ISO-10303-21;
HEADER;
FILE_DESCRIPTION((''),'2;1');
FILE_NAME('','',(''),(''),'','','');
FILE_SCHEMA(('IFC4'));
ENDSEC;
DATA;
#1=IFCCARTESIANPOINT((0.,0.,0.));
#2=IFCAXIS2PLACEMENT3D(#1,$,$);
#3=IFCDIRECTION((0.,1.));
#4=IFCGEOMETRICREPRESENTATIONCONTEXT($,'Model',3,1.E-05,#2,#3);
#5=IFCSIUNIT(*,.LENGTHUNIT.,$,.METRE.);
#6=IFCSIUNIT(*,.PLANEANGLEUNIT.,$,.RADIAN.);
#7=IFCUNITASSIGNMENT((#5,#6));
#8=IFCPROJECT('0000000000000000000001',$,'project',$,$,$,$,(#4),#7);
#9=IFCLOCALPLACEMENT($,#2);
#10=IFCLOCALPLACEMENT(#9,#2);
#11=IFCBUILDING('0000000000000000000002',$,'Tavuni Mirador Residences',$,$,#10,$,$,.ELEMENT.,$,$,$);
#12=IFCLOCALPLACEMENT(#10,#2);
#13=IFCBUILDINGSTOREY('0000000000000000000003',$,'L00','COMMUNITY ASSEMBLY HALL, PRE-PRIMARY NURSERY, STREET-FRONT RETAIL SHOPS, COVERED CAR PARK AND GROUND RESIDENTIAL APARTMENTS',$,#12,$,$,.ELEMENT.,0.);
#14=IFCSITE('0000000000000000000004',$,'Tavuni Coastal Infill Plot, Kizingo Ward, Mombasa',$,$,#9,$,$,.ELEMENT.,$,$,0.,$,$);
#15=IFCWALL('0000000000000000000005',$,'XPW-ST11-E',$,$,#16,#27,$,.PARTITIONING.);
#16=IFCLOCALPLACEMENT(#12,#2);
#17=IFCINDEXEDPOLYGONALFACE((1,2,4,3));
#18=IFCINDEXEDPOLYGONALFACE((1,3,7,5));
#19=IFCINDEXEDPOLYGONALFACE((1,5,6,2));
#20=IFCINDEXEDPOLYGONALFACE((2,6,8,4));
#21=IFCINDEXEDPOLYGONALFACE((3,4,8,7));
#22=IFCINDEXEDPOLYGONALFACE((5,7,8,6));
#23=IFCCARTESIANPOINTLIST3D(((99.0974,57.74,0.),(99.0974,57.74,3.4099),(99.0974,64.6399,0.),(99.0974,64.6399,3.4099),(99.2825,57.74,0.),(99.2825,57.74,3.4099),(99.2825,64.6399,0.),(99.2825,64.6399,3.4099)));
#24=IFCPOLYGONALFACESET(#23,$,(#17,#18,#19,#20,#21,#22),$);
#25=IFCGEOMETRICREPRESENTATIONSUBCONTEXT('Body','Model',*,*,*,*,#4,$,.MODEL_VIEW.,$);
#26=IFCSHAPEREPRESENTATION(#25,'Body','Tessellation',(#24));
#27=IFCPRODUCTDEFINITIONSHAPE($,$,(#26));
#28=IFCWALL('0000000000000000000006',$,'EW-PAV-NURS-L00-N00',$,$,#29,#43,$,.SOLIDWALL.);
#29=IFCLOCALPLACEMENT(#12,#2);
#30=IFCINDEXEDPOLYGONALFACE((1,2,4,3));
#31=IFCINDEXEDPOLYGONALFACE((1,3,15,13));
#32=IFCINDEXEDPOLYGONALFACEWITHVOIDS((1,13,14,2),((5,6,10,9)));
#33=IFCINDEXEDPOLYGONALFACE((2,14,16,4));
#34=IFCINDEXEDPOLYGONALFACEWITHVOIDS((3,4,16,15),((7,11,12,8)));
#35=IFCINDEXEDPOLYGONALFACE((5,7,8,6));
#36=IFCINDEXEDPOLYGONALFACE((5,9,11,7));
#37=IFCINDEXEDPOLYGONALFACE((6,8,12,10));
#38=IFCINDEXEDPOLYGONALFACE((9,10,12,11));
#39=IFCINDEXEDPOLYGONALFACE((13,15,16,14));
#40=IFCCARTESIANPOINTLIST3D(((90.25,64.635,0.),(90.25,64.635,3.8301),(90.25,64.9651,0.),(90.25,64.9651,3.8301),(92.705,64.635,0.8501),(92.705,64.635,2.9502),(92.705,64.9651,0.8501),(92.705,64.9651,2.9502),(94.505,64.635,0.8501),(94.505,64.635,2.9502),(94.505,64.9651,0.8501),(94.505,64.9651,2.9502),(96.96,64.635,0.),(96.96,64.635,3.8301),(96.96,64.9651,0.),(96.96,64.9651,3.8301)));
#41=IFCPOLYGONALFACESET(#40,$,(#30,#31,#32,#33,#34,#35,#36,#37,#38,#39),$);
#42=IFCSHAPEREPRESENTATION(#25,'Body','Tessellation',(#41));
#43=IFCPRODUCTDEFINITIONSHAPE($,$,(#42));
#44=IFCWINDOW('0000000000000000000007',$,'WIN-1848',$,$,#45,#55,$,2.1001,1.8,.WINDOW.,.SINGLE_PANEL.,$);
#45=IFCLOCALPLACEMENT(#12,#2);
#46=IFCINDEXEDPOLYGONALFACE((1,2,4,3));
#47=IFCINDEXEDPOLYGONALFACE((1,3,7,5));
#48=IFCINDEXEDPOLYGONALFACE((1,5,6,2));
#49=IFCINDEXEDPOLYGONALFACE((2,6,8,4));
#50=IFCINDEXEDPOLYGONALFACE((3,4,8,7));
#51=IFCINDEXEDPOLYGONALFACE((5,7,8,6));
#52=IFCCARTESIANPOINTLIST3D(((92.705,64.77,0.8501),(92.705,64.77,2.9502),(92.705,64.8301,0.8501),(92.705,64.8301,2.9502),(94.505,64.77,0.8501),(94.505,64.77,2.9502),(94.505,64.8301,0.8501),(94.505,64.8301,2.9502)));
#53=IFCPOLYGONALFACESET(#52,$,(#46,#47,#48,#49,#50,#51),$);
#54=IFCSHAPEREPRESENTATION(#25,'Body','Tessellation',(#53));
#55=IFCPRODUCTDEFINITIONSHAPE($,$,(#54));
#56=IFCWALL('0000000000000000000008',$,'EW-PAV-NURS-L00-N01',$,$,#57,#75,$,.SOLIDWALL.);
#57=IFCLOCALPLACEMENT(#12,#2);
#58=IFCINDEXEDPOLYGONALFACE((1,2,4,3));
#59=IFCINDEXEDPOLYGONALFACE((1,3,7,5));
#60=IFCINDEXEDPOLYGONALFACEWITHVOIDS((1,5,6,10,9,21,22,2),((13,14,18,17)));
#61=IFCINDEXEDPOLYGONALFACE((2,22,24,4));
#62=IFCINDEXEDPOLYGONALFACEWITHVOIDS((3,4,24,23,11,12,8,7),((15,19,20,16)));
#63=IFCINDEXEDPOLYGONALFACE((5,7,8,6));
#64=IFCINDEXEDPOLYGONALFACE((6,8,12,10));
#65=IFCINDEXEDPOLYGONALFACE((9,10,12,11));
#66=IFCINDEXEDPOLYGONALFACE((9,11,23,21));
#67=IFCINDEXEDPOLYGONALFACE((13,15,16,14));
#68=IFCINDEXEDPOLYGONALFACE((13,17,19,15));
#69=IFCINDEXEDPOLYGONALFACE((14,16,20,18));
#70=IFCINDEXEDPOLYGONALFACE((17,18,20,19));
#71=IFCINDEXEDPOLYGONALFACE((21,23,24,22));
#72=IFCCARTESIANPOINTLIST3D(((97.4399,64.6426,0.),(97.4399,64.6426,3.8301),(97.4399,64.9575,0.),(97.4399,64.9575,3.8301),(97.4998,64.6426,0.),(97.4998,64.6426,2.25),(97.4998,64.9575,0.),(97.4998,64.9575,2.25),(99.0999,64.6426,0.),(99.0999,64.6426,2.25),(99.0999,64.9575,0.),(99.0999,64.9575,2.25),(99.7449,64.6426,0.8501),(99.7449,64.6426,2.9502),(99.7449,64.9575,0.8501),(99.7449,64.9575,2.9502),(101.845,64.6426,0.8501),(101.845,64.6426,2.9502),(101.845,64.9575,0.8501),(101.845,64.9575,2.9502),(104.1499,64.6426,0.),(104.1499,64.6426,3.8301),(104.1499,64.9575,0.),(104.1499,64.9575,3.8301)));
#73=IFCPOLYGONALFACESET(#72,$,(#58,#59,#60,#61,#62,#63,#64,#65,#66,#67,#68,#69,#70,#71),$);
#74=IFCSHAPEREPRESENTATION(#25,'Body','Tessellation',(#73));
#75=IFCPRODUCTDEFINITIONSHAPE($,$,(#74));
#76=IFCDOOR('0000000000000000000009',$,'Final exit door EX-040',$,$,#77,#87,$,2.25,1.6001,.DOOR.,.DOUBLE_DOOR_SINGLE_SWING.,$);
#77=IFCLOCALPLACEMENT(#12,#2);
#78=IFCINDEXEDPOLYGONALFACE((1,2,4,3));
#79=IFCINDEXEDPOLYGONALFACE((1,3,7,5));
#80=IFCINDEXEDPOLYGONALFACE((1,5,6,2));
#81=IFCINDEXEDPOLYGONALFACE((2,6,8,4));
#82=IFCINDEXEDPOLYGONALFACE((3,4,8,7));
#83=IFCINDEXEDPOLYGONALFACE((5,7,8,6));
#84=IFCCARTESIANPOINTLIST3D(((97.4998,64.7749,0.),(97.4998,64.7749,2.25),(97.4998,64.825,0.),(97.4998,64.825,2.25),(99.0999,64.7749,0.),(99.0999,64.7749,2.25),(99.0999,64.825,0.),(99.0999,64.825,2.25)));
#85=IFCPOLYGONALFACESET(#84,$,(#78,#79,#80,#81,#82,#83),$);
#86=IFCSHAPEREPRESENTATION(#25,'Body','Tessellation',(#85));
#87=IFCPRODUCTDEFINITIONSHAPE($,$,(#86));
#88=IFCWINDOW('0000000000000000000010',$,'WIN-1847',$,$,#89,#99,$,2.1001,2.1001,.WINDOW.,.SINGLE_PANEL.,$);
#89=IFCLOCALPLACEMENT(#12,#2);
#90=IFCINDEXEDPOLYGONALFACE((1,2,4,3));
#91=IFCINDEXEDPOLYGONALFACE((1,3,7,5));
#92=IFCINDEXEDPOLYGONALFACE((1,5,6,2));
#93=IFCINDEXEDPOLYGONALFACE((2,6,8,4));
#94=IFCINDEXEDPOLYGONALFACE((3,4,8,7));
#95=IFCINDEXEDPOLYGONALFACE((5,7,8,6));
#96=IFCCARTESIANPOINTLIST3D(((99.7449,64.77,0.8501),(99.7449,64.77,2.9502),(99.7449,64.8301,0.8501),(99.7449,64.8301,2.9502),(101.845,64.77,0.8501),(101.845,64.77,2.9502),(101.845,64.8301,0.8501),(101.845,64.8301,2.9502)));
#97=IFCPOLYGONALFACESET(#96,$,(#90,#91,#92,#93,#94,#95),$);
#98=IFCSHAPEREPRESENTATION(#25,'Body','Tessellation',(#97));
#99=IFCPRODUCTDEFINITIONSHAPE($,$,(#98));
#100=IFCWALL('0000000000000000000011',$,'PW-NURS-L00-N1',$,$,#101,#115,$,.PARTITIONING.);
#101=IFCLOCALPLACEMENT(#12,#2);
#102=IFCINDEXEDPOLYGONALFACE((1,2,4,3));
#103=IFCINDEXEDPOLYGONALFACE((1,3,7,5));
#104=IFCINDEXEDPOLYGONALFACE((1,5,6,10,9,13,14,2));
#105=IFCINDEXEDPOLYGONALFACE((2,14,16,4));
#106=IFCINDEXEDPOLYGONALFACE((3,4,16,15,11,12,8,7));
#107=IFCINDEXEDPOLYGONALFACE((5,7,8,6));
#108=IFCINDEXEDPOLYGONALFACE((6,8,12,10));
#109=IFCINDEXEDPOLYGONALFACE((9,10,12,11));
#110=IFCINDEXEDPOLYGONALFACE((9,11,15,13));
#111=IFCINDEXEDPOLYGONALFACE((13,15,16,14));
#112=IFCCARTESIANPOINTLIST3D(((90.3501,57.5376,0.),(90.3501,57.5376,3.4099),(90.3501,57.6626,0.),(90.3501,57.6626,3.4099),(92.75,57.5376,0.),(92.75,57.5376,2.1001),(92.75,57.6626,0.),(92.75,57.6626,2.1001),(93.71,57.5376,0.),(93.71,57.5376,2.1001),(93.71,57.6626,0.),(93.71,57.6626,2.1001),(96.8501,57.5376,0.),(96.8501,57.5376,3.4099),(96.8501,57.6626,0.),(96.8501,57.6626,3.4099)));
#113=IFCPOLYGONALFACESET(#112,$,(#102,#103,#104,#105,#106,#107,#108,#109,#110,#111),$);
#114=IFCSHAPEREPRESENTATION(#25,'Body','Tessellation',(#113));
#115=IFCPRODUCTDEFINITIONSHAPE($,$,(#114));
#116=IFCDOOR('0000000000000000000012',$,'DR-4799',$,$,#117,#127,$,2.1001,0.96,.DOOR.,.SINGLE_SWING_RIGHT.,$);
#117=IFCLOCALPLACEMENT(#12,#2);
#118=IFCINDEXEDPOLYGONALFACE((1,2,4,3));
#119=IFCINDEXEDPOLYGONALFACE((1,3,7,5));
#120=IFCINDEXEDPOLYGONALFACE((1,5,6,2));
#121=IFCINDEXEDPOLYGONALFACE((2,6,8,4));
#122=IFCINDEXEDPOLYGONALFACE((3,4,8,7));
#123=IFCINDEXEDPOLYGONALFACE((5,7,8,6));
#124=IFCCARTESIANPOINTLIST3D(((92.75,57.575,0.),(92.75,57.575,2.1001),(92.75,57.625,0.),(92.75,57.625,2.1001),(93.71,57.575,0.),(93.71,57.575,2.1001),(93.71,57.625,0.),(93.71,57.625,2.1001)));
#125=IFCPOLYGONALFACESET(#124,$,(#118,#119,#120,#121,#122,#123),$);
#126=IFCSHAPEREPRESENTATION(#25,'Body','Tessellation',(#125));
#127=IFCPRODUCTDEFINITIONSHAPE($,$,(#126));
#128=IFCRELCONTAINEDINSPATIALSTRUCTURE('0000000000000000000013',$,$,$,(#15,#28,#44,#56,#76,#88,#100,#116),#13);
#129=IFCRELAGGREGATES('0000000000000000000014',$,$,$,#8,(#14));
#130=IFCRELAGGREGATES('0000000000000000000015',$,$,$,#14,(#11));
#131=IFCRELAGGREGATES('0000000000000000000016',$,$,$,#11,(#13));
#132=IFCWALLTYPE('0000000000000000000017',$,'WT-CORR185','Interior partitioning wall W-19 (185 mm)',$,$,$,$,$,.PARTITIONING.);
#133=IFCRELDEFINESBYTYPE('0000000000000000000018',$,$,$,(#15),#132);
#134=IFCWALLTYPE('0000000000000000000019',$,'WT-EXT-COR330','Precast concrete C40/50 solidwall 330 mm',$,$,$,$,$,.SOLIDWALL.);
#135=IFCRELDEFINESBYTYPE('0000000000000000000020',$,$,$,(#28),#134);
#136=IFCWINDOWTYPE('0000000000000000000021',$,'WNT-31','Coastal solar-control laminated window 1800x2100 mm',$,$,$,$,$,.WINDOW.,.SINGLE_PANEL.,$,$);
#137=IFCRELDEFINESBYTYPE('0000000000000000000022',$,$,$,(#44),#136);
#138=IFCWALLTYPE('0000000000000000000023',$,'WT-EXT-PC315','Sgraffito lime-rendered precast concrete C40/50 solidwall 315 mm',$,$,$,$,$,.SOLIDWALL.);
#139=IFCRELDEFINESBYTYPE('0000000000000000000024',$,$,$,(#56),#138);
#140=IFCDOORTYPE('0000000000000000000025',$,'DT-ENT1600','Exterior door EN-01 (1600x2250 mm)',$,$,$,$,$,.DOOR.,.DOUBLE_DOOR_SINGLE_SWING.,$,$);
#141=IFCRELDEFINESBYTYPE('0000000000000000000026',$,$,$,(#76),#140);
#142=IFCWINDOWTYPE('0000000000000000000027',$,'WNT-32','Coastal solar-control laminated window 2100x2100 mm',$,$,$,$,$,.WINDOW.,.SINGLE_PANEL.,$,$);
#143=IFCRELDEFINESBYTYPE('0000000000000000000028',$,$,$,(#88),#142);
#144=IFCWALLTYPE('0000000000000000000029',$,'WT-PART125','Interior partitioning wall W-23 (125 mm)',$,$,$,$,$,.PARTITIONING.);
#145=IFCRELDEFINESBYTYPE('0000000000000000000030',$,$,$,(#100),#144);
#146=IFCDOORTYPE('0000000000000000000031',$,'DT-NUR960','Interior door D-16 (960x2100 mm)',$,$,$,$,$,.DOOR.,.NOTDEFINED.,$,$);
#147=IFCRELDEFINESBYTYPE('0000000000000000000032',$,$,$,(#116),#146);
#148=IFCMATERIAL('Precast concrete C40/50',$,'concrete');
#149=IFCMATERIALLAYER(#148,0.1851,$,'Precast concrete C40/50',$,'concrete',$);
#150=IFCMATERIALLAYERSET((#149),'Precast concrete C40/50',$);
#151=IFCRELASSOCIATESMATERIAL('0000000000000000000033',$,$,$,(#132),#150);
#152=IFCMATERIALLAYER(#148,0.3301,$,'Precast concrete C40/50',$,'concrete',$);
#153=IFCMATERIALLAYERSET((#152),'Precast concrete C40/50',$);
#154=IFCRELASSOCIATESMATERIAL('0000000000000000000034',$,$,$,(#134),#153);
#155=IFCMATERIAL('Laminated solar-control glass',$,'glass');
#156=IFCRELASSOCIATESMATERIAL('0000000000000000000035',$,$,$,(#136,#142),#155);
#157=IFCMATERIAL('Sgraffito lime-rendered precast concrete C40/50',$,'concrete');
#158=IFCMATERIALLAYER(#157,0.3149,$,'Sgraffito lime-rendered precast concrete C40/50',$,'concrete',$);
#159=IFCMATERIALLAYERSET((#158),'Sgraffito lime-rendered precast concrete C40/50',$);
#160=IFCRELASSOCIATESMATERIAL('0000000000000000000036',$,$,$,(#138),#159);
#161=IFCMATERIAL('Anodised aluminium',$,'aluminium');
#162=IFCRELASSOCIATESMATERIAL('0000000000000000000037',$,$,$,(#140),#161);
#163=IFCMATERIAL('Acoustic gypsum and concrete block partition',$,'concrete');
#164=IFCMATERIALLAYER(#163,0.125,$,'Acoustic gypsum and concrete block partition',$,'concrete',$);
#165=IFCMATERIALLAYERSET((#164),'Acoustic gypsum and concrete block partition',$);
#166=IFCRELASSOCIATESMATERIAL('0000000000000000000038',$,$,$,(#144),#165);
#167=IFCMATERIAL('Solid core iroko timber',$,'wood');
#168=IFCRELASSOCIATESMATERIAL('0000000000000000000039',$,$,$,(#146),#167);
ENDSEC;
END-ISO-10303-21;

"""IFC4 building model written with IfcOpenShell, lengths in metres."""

from ifc_helpers import new_model, si_unit, direction, frame, frame_2d, origin, place, context, subcontext, project, spatial, rectangle, extrude, material, layer, layer_set, type_object, element, fill, save


model = new_model("IFC4")

# Units and contexts
model_context = context("Model", 3, precision=1e-05, world=origin(), true_north=direction((0.0, 1.0)))
body_context = subcontext(model_context, "Body", "Model", "MODEL_VIEW")
ifc_project = project(units=[si_unit("LENGTHUNIT", "METRE"), si_unit("PLANEANGLEUNIT", "RADIAN")], contexts=[model_context])

# Site, building, storey
site_placement = place(None, origin())
site = spatial("IfcSite", under=ifc_project, at=site_placement, Name="Tavuni Coastal Infill Plot, Kizingo Ward, Mombasa", CompositionType="ELEMENT", RefElevation=0.0)
building_placement = place(site_placement, origin())
building = spatial("IfcBuilding", under=site, at=building_placement, Name="Tavuni Mirador Residences", CompositionType="ELEMENT")
storey_placement = place(building_placement, origin())
storey = spatial("IfcBuildingStorey", under=building, at=storey_placement, Name="L00", Description="COMMUNITY ASSEMBLY HALL, PRE-PRIMARY NURSERY, STREET-FRONT RETAIL SHOPS, COVERED CAR PARK AND GROUND RESIDENTIAL APARTMENTS", CompositionType="ELEMENT", Elevation=0.0)

# Shared definitions
ifc_material_1 = material(Name="Precast concrete C40/50", Category="concrete")

# Shared definitions
ifc_material_2 = material(Name="Solid core iroko timber", Category="wood")

# Wall
ifc_layer_1 = layer(ifc_material_1, 0.1851, Name="Precast concrete C40/50", Category="concrete")
ifc_layer_set_1 = layer_set([ifc_layer_1], Name="Precast concrete C40/50")
wall_type_1 = type_object("IfcWallType", Name="WT-CORR185", Description="Interior partitioning wall W-19 (185 mm)", PredefinedType="PARTITIONING", material=ifc_layer_set_1)
wall_1_placement = place(storey_placement, frame((99.1899, 57.74, 0.0), z_axis=(0.0, 0.0, 1.0), x_axis=(0.0, 1.0, 0.0)))
element("IfcWall", 1, at=wall_1_placement, inside=storey, type_object=wall_type_1, Name="XPW-ST11-E", PredefinedType="PARTITIONING", context=body_context, shape_type="SweptSolid", body=[
    extrude(rectangle(XDim=6.8999, YDim=0.1851, at=frame_2d((3.45, 0.0))), origin(), (0.0, 0.0, 1.0), 3.4099),
])

# Wall, opening, window
ifc_layer_2 = layer(ifc_material_1, 0.3301, Name="Precast concrete C40/50", Category="concrete")
ifc_layer_set_2 = layer_set([ifc_layer_2], Name="Precast concrete C40/50")
wall_type_2 = type_object("IfcWallType", Name="WT-EXT-COR330", Description="Precast concrete C40/50 solidwall 330 mm", PredefinedType="SOLIDWALL", material=ifc_layer_set_2)
wall_2_placement = place(storey_placement, frame((96.96, 64.8, 0.0), z_axis=(0.0, 0.0, 1.0), x_axis=(-1.0, 0.0, 0.0)))
wall_2 = element("IfcWall", 2, at=wall_2_placement, inside=storey, type_object=wall_type_2, Name="EW-PAV-NURS-L00-N00", PredefinedType="SOLIDWALL", context=body_context, shape_type="SweptSolid", body=[
    extrude(rectangle(XDim=6.71, YDim=0.3301, at=frame_2d((3.355, 0.0))), origin(), (0.0, 0.0, 1.0), 3.8301),
])
opening_1_placement = place(wall_2_placement, frame((2.4551, 0.0, 0.8501)))
opening_1 = element("IfcOpeningElement", 3, at=opening_1_placement, cuts=wall_2, PredefinedType="OPENING", context=body_context, shape_type="SweptSolid", body=[
    extrude(rectangle(XDim=1.8, YDim=2.1001, at=frame_2d((0.8999, 1.05))), frame((0.0, 0.175, 0.0), z_axis=(0.0, -1.0, 0.0), x_axis=(1.0, 0.0, 0.0)), (0.0, 0.0, 1.0), 0.3501),
])
ifc_material_3 = material(Name="Laminated solar-control glass", Category="glass")
window_type_1 = type_object("IfcWindowType", Name="WNT-31", Description="Coastal solar-control laminated window 1800x2100 mm", PartitioningType="SINGLE_PANEL", PredefinedType="WINDOW", material=ifc_material_3)
window_1_placement = place(opening_1_placement, origin())
window_1 = element("IfcWindow", 4, at=window_1_placement, inside=storey, type_object=window_type_1, Name="WIN-1848", OverallHeight=2.1001, OverallWidth=1.8, PartitioningType="SINGLE_PANEL", PredefinedType="WINDOW", context=body_context, shape_type="SweptSolid", body=[
    extrude(rectangle(XDim=1.8, YDim=2.1001, at=frame_2d((0.8999, 1.05))), frame((0.0, 0.03, 0.0), z_axis=(0.0, -1.0, 0.0), x_axis=(1.0, 0.0, 0.0)), (0.0, 0.0, 1.0), 0.0601),
])
fill(opening_1, window_1)

# Wall, openings, door, window
ifc_material_4 = material(Name="Sgraffito lime-rendered precast concrete C40/50", Category="concrete")
ifc_layer_3 = layer(ifc_material_4, 0.3149, Name="Sgraffito lime-rendered precast concrete C40/50", Category="concrete")
ifc_layer_set_3 = layer_set([ifc_layer_3], Name="Sgraffito lime-rendered precast concrete C40/50")
wall_type_3 = type_object("IfcWallType", Name="WT-EXT-PC315", Description="Sgraffito lime-rendered precast concrete C40/50 solidwall 315 mm", PredefinedType="SOLIDWALL", material=ifc_layer_set_3)
wall_3_placement = place(storey_placement, frame((104.1499, 64.8, 0.0), z_axis=(0.0, 0.0, 1.0), x_axis=(-1.0, 0.0, 0.0)))
wall_3 = element("IfcWall", 5, at=wall_3_placement, inside=storey, type_object=wall_type_3, Name="EW-PAV-NURS-L00-N01", PredefinedType="SOLIDWALL", context=body_context, shape_type="SweptSolid", body=[
    extrude(rectangle(XDim=6.71, YDim=0.3149, at=frame_2d((3.355, 0.0))), origin(), (0.0, 0.0, 1.0), 3.8301),
])
opening_2_placement = place(wall_3_placement, frame((2.3049, 0.0, 0.8501)))
opening_2 = element("IfcOpeningElement", 6, at=opening_2_placement, cuts=wall_3, PredefinedType="OPENING", context=body_context, shape_type="SweptSolid", body=[
    extrude(rectangle(XDim=2.1001, YDim=2.1001, at=frame_2d((1.05, 1.05))), frame((0.0, 0.1675, 0.0), z_axis=(0.0, -1.0, 0.0), x_axis=(1.0, 0.0, 0.0)), (0.0, 0.0, 1.0), 0.335),
])
opening_3_placement = place(wall_3_placement, frame((5.05, 0.0, 0.0)))
opening_3 = element("IfcOpeningElement", 7, at=opening_3_placement, cuts=wall_3, PredefinedType="OPENING", context=body_context, shape_type="SweptSolid", body=[
    extrude(rectangle(XDim=1.6001, YDim=2.25, at=frame_2d((0.8, 1.125))), frame((0.0, 0.1675, 0.0), z_axis=(0.0, -1.0, 0.0), x_axis=(1.0, 0.0, 0.0)), (0.0, 0.0, 1.0), 0.335),
])
ifc_material_5 = material(Name="Anodised aluminium", Category="aluminium")
door_type_1 = type_object("IfcDoorType", Name="DT-ENT1600", Description="Exterior door EN-01 (1600x2250 mm)", OperationType="DOUBLE_DOOR_SINGLE_SWING", PredefinedType="DOOR", material=ifc_material_5)
door_1_placement = place(opening_3_placement, frame((1.6001, 0.0, 0.0), z_axis=(0.0, 0.0, 1.0), x_axis=(-1.0, 0.0, 0.0)))
door_1 = element("IfcDoor", 8, at=door_1_placement, inside=storey, type_object=door_type_1, Name="Final exit door EX-040", OperationType="DOUBLE_DOOR_SINGLE_SWING", OverallHeight=2.25, OverallWidth=1.6001, PredefinedType="DOOR", context=body_context, shape_type="SweptSolid", body=[
    extrude(rectangle(XDim=1.6001, YDim=2.25, at=frame_2d((0.8, 1.125))), frame((0.0, 0.0249, 0.0), z_axis=(0.0, -1.0, 0.0), x_axis=(1.0, 0.0, 0.0)), (0.0, 0.0, 1.0), 0.05),
])
fill(opening_3, door_1)
window_type_2 = type_object("IfcWindowType", Name="WNT-32", Description="Coastal solar-control laminated window 2100x2100 mm", PartitioningType="SINGLE_PANEL", PredefinedType="WINDOW", material=ifc_material_3)
window_2_placement = place(opening_2_placement, origin())
window_2 = element("IfcWindow", 9, at=window_2_placement, inside=storey, type_object=window_type_2, Name="WIN-1847", OverallHeight=2.1001, OverallWidth=2.1001, PartitioningType="SINGLE_PANEL", PredefinedType="WINDOW", context=body_context, shape_type="SweptSolid", body=[
    extrude(rectangle(XDim=2.1001, YDim=2.1001, at=frame_2d((1.05, 1.05))), frame((0.0, 0.03, 0.0), z_axis=(0.0, -1.0, 0.0), x_axis=(1.0, 0.0, 0.0)), (0.0, 0.0, 1.0), 0.0601),
])
fill(opening_2, window_2)

# Wall, opening, door
ifc_material_6 = material(Name="Acoustic gypsum and concrete block partition", Category="concrete")
ifc_layer_4 = layer(ifc_material_6, 0.125, Name="Acoustic gypsum and concrete block partition", Category="concrete")
ifc_layer_set_4 = layer_set([ifc_layer_4], Name="Acoustic gypsum and concrete block partition")
wall_type_4 = type_object("IfcWallType", Name="WT-PART125", Description="Interior partitioning wall W-23 (125 mm)", PredefinedType="PARTITIONING", material=ifc_layer_set_4)
wall_4_placement = place(storey_placement, frame((90.3501, 57.6001, 0.0), z_axis=(0.0, 0.0, 1.0), x_axis=(1.0, 0.0, 0.0)))
wall_4 = element("IfcWall", 10, at=wall_4_placement, inside=storey, type_object=wall_type_4, Name="PW-NURS-L00-N1", PredefinedType="PARTITIONING", context=body_context, shape_type="SweptSolid", body=[
    extrude(rectangle(XDim=6.5, YDim=0.125, at=frame_2d((3.25, 0.0))), origin(), (0.0, 0.0, 1.0), 3.4099),
])
opening_4_placement = place(wall_4_placement, frame((2.3999, 0.0, 0.0)))
opening_4 = element("IfcOpeningElement", 11, at=opening_4_placement, cuts=wall_4, PredefinedType="OPENING", context=body_context, shape_type="SweptSolid", body=[
    extrude(rectangle(XDim=0.96, YDim=2.1001, at=frame_2d((0.48, 1.05))), frame((0.0, 0.0725, 0.0), z_axis=(0.0, -1.0, 0.0), x_axis=(1.0, 0.0, 0.0)), (0.0, 0.0, 1.0), 0.145),
])
door_type_2 = type_object("IfcDoorType", Name="DT-NUR960", Description="Interior door D-16 (960x2100 mm)", OperationType="NOTDEFINED", PredefinedType="DOOR", material=ifc_material_2)
door_2_placement = place(opening_4_placement, origin())
door_2 = element("IfcDoor", 12, at=door_2_placement, inside=storey, type_object=door_type_2, Name="DR-4799", OperationType="SINGLE_SWING_RIGHT", OverallHeight=2.1001, OverallWidth=0.96, PredefinedType="DOOR", context=body_context, shape_type="SweptSolid", body=[
    extrude(rectangle(XDim=0.96, YDim=2.1001, at=frame_2d((0.48, 1.05))), frame((0.0, 0.0249, 0.0), z_axis=(0.0, -1.0, 0.0), x_axis=(1.0, 0.0, 0.0)), (0.0, 0.0, 1.0), 0.05),
])
fill(opening_4, door_2)

save(model, "model.ifc")
